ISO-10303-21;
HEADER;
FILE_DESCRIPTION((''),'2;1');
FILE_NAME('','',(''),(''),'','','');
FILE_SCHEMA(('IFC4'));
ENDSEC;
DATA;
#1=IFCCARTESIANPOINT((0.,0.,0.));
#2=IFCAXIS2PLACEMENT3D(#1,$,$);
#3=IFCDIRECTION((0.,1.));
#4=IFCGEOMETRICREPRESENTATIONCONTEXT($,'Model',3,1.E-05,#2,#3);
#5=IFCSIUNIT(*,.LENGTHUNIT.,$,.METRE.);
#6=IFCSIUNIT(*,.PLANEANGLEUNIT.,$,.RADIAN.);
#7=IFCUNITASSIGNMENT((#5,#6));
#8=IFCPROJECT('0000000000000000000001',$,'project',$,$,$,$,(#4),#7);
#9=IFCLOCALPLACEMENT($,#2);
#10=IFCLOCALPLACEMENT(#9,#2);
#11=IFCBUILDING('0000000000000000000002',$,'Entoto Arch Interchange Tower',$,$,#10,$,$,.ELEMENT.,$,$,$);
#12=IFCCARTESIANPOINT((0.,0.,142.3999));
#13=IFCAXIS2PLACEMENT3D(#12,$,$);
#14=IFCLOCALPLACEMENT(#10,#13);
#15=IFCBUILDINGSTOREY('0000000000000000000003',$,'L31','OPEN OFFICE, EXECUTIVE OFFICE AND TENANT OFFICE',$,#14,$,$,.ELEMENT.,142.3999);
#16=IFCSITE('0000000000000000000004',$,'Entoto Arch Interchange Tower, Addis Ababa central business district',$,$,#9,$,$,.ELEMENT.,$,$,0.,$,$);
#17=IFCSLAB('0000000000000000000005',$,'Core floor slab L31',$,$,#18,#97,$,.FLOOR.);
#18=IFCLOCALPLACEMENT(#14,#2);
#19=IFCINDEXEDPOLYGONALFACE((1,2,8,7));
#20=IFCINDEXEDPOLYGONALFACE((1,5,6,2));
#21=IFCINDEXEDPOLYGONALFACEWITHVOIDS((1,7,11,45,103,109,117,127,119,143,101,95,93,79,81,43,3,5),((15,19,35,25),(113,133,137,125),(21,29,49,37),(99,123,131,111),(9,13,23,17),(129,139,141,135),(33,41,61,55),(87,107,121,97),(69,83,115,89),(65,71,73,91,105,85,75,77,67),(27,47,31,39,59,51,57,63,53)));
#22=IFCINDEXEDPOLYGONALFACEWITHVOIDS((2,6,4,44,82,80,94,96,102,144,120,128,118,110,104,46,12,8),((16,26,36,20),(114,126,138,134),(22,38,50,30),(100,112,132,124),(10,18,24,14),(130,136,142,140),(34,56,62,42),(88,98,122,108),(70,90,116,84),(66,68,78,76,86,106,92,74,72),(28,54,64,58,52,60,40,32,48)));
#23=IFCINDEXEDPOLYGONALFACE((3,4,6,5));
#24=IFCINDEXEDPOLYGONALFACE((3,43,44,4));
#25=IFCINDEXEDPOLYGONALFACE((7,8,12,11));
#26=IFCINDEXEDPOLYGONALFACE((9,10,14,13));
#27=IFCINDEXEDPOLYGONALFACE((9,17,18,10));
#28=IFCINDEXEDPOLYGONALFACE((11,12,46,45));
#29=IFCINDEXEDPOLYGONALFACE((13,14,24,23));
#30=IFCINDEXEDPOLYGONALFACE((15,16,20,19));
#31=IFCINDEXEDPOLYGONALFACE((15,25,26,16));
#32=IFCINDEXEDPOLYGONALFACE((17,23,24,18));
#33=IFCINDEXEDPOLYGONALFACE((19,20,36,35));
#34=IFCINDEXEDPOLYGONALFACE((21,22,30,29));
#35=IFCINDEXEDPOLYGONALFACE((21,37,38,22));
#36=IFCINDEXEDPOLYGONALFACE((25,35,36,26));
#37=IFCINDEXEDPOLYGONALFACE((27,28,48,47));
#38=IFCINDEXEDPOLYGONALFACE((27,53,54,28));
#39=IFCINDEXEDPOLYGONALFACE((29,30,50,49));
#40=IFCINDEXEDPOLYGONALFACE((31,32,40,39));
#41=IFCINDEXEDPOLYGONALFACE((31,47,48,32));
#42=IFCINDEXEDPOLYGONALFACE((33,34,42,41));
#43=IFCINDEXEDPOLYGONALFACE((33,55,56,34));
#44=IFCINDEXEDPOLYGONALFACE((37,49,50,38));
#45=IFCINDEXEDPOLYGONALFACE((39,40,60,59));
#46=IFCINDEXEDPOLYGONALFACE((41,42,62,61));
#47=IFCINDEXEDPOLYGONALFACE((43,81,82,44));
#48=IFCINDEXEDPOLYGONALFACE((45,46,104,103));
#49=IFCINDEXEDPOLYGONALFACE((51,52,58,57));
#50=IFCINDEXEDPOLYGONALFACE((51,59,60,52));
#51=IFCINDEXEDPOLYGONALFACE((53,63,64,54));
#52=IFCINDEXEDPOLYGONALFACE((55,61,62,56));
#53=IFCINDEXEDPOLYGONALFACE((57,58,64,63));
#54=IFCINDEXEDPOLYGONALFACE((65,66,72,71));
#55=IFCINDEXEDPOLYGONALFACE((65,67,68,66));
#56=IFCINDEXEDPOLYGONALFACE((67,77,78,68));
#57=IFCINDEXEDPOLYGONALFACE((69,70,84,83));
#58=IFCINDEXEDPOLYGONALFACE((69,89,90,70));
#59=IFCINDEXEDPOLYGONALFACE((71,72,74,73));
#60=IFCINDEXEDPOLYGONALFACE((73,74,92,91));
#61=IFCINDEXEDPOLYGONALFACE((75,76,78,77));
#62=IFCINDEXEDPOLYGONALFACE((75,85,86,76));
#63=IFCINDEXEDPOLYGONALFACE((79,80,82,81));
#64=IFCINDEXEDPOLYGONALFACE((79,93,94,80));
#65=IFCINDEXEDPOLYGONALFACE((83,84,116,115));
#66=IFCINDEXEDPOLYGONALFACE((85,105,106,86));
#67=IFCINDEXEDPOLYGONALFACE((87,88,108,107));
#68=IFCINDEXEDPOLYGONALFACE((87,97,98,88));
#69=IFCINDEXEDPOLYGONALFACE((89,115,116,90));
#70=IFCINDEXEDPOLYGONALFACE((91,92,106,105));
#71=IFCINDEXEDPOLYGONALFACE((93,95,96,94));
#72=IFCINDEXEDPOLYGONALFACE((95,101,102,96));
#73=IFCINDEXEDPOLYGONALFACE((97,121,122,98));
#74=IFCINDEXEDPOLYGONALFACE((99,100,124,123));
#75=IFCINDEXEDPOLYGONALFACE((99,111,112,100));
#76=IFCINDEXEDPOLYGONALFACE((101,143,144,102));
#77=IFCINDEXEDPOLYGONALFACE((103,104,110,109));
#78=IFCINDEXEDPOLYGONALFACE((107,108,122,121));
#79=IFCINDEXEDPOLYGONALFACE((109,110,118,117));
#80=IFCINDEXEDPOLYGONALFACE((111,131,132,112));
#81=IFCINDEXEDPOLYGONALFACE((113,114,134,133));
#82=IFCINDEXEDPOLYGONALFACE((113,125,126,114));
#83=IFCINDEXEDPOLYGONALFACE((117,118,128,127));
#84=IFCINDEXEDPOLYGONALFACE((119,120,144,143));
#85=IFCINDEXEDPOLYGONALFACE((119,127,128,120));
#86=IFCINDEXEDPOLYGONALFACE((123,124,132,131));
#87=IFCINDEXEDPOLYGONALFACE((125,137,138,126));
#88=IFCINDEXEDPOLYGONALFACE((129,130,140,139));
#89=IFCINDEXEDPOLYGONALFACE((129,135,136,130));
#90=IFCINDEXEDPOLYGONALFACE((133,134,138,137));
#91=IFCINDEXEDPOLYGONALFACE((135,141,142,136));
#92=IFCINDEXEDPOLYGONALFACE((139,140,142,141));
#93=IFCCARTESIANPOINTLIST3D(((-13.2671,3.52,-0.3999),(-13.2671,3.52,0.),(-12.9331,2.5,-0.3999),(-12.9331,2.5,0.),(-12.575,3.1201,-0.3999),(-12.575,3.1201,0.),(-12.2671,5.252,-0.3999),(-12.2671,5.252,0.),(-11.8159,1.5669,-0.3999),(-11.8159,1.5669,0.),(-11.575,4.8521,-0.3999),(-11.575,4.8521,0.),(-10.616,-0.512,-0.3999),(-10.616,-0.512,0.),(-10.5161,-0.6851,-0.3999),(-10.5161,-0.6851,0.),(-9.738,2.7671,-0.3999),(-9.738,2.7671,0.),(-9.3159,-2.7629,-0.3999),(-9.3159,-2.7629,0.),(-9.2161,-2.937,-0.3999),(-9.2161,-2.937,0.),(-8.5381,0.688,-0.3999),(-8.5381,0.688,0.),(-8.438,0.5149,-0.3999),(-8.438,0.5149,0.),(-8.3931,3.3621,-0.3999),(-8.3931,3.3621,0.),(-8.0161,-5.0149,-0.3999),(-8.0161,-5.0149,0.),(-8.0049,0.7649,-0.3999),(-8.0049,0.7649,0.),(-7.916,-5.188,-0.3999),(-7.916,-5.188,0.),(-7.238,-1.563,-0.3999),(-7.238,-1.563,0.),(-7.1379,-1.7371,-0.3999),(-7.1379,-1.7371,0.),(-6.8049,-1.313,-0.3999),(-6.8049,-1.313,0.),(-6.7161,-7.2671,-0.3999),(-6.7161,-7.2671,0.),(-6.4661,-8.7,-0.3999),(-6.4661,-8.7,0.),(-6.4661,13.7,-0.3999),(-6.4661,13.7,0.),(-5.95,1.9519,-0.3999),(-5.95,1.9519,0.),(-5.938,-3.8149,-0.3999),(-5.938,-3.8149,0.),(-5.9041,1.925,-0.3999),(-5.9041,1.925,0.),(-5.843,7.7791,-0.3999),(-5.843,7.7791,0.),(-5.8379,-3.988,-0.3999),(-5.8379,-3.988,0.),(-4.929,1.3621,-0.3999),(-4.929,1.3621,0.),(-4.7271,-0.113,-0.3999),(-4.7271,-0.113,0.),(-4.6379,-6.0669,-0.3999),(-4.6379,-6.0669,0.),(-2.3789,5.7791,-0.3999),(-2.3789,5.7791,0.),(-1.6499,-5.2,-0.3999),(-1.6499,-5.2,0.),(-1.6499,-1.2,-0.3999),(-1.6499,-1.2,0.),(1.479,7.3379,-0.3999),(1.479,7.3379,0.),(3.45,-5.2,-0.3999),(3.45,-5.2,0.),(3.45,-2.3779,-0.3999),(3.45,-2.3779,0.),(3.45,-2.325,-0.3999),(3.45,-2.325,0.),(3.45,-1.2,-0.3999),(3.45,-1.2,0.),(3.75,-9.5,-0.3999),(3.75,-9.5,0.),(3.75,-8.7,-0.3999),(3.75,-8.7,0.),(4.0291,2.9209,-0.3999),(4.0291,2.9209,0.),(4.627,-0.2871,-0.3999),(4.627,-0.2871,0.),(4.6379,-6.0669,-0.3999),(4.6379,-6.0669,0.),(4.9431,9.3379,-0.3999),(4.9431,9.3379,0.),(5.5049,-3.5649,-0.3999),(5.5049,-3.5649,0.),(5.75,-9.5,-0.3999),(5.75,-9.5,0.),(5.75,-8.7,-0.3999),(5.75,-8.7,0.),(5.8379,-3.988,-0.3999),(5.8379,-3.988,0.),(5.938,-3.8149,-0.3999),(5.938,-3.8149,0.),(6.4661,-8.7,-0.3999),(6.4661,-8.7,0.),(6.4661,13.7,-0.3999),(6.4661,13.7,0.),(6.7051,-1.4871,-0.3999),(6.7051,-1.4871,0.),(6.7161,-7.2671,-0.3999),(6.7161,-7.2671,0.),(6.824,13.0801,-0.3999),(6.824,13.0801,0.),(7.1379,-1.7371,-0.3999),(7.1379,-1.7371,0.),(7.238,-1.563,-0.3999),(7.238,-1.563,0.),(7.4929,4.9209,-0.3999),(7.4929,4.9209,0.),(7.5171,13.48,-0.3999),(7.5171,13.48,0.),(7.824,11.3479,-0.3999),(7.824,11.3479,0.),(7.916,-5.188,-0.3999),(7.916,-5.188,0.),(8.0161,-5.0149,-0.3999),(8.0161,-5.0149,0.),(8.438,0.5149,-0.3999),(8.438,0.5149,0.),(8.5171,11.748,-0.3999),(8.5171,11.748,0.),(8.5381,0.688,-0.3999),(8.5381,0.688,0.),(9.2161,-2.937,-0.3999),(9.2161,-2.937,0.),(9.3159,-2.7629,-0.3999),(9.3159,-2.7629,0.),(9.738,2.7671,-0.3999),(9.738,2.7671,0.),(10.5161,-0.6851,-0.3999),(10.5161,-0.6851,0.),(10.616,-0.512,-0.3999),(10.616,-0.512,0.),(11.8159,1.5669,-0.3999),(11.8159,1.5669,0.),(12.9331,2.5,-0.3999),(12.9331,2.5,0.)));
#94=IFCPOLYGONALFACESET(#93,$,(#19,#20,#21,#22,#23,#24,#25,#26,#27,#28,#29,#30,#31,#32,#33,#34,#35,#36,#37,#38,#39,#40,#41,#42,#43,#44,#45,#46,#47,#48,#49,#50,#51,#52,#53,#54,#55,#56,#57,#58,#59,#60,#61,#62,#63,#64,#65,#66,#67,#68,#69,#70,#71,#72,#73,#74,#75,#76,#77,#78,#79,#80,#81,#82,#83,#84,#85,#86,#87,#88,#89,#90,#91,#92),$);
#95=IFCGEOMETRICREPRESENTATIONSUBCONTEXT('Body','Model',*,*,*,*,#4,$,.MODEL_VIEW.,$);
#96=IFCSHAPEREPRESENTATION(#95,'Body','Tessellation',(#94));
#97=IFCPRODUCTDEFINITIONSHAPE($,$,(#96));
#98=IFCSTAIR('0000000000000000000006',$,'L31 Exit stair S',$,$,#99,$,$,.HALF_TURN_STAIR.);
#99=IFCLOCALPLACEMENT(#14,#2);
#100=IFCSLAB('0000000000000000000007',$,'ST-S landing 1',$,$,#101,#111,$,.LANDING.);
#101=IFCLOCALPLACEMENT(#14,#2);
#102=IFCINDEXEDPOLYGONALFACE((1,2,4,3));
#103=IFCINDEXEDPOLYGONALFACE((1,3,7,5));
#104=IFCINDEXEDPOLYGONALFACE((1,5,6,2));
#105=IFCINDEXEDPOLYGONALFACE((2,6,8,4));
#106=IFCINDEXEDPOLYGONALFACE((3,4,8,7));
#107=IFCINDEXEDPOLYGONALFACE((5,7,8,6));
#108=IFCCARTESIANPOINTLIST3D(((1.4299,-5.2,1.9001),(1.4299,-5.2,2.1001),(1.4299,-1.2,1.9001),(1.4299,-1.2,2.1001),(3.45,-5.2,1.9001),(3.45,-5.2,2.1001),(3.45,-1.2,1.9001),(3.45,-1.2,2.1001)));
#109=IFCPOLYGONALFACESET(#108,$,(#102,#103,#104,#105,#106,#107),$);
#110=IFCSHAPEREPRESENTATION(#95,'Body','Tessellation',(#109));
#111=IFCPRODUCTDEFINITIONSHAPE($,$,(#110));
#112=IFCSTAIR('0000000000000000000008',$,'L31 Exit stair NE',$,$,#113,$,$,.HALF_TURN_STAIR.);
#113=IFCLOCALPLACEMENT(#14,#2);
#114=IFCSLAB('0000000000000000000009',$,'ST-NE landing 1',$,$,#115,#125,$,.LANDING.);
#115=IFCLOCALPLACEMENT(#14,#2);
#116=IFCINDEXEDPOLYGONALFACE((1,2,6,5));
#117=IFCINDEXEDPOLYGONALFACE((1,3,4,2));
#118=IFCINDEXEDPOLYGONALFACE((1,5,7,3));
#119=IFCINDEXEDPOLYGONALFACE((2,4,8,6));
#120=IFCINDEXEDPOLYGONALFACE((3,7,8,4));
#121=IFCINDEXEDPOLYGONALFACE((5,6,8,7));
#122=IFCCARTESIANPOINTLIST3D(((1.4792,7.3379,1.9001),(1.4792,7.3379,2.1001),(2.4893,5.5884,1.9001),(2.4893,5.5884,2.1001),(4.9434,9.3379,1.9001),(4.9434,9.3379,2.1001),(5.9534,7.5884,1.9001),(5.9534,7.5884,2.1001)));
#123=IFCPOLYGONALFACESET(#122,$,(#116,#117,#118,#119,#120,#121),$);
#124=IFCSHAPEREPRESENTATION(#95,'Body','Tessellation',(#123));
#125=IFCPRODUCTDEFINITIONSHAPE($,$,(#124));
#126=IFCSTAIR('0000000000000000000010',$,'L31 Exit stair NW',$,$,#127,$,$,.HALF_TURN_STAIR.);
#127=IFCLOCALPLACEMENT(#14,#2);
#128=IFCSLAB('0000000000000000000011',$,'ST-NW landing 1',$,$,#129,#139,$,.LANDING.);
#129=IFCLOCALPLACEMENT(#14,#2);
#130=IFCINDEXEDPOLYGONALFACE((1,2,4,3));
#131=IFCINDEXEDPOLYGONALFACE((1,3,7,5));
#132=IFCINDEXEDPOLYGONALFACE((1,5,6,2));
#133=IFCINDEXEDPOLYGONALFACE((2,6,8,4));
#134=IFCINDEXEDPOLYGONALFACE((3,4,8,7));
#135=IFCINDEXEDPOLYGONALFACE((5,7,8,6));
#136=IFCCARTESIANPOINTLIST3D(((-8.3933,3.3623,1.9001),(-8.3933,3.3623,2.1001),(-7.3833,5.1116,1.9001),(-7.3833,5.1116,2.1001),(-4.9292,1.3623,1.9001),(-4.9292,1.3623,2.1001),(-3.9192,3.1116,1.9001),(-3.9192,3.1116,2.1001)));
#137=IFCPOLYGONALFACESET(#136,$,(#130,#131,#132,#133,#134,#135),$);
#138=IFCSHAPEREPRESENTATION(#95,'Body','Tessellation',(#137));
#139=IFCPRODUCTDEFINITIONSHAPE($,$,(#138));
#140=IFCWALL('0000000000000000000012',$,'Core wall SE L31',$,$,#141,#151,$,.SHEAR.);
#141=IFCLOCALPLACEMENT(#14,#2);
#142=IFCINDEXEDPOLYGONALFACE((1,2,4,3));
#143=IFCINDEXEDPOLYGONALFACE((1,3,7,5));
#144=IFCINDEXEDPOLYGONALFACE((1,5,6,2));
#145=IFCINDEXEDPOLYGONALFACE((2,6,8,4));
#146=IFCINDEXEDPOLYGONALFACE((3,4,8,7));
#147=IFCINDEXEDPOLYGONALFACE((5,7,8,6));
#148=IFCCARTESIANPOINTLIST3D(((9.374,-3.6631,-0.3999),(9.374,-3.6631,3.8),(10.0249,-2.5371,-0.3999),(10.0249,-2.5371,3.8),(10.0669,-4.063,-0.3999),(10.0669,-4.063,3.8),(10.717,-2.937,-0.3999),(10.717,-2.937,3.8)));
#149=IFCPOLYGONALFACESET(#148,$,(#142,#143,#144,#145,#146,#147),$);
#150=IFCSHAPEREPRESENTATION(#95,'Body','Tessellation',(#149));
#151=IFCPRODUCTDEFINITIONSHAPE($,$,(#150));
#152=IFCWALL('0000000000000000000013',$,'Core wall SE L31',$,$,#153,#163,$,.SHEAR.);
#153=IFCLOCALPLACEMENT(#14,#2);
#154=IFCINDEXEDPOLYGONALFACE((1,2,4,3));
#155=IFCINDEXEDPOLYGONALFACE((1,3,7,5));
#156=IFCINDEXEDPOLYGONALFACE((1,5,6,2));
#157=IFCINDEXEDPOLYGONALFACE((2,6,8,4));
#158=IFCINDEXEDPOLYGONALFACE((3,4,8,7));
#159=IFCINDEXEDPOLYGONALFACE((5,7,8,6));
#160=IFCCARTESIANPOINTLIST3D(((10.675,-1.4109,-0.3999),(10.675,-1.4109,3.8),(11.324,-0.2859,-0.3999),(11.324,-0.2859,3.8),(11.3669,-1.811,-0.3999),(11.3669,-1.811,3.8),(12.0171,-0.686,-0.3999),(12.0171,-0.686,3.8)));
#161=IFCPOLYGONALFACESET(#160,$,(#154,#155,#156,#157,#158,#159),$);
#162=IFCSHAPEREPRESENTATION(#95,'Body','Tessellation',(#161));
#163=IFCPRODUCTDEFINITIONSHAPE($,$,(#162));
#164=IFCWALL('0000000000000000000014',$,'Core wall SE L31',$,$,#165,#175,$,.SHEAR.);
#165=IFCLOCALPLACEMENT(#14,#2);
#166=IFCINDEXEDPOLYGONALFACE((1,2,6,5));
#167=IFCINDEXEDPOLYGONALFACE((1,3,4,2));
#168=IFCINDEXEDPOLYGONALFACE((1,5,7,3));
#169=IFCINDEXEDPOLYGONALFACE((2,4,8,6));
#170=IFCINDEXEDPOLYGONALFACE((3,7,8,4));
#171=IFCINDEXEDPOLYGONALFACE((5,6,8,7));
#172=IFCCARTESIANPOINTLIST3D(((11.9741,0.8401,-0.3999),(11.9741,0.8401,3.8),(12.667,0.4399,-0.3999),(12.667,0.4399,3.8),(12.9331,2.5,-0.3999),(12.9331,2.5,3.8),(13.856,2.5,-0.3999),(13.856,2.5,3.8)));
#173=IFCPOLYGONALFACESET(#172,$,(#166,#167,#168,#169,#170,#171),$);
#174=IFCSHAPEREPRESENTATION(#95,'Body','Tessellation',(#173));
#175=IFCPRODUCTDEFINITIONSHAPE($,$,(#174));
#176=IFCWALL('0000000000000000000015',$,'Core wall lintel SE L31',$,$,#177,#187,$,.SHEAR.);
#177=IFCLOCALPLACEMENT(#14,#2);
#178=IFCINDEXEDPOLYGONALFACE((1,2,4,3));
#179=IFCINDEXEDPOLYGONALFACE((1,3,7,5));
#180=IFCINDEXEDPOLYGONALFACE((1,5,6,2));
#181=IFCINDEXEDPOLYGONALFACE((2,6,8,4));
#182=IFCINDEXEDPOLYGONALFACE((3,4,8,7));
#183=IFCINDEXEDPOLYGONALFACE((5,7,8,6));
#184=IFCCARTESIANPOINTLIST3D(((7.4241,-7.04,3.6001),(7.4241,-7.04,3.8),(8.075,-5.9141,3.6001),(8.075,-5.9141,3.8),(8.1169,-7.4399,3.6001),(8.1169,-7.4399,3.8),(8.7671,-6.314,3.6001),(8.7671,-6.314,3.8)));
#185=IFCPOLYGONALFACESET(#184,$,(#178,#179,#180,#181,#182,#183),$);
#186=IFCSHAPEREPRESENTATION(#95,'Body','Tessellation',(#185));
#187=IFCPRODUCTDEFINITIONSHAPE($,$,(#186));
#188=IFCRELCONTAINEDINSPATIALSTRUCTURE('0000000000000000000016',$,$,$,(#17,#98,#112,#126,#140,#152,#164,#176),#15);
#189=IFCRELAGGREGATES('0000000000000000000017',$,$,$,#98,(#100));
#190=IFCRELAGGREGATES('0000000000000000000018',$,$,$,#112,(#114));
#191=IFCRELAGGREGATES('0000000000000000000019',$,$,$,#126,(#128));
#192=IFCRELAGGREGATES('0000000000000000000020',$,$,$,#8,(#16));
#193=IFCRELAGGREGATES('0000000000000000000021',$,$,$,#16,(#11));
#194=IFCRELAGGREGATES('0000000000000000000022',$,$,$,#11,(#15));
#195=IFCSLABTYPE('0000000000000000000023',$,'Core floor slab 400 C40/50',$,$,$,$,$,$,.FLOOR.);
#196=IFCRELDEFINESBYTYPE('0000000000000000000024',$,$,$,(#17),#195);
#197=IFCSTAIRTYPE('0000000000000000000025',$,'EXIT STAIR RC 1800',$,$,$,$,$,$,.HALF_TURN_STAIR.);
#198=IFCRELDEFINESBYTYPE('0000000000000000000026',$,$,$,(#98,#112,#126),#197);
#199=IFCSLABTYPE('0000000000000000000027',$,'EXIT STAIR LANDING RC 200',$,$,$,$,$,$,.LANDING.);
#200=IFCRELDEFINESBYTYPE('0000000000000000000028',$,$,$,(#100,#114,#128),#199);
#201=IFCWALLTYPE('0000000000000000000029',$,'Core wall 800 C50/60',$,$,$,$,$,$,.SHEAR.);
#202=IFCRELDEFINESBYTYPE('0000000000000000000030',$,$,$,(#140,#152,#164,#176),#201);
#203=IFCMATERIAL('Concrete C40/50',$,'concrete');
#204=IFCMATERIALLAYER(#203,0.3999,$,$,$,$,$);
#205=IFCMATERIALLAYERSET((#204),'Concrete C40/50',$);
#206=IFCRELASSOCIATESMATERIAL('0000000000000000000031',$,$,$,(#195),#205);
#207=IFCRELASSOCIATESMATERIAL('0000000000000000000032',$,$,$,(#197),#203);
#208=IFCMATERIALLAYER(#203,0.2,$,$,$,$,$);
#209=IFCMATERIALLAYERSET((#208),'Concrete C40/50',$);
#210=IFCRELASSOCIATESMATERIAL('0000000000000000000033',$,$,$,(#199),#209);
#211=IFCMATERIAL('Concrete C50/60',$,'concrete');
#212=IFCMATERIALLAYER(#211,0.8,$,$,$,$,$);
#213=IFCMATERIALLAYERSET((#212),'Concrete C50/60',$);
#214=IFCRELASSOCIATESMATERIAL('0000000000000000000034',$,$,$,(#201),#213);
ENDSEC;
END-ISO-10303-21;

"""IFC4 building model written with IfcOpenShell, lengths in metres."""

from ifc_helpers import new_model, si_unit, direction, frame, origin, place, context, subcontext, project, spatial, polyline, outline, extrude, material, layer, layer_set, type_object, element, aggregate, save


model = new_model("IFC4")

# Units and contexts
model_context = context("Model", 3, precision=1e-05, world=origin(), true_north=direction((0.0, 1.0)))
body_context = subcontext(model_context, "Body", "Model", "MODEL_VIEW")
ifc_project = project(units=[si_unit("LENGTHUNIT", "METRE"), si_unit("PLANEANGLEUNIT", "RADIAN")], contexts=[model_context])

# Site, building, storey
site_placement = place(None, origin())
site = spatial("IfcSite", under=ifc_project, at=site_placement, Name="Entoto Arch Interchange Tower, Addis Ababa central business district", CompositionType="ELEMENT", RefElevation=0.0)
building_placement = place(site_placement, origin())
building = spatial("IfcBuilding", under=site, at=building_placement, Name="Entoto Arch Interchange Tower", CompositionType="ELEMENT")
storey_placement = place(building_placement, frame((0.0, 0.0, 142.3999)))
storey = spatial("IfcBuildingStorey", under=building, at=storey_placement, Name="L31", Description="OPEN OFFICE, EXECUTIVE OFFICE AND TENANT OFFICE", CompositionType="ELEMENT", Elevation=142.3999)

# Slab
ifc_material_1 = material(Name="Concrete C40/50", Category="concrete")
ifc_layer_1 = layer(ifc_material_1, 0.3999)
ifc_layer_set_1 = layer_set([ifc_layer_1], Name="Concrete C40/50")
slab_type_1 = type_object("IfcSlabType", Name="Core floor slab 400 C40/50", PredefinedType="FLOOR", material=ifc_layer_set_1)
slab_1_placement = place(storey_placement, frame((0.0, 0.0, -0.3999)))
element("IfcSlab", 1, at=slab_1_placement, inside=storey, type_object=slab_type_1, Name="Core floor slab L31", PredefinedType="FLOOR", context=body_context, shape_type="SweptSolid", body=[
    extrude(outline(polyline([(5.75, -9.5), (3.75, -9.5), (3.75, -8.7), (-6.4661, -8.7), (-12.9331, 2.5), (-12.575, 3.1201), (-13.2671, 3.52), (-12.2671, 5.252), (-11.575, 4.8521), (-6.4661, 13.7), (6.4661, 13.7), (6.824, 13.0801), (7.5171, 13.48), (8.5171, 11.748), (7.824, 11.3479), (12.9331, 2.5), (6.4661, -8.7), (5.75, -8.7), (5.75, -9.5)]), holes=[polyline([(-5.8379, -3.988), (-7.916, -5.188), (-6.7161, -7.2671), (-4.6379, -6.0669), (-5.8379, -3.988)]), polyline([(-5.938, -3.8149), (-7.1379, -1.7371), (-9.2161, -2.937), (-8.0161, -5.0149), (-5.938, -3.8149)]), polyline([(5.5049, -3.5649), (6.7051, -1.4871), (4.627, -0.2871), (3.45, -2.325), (3.45, -1.2), (-1.6499, -1.2), (-1.6499, -5.2), (3.45, -5.2), (3.45, -2.3779), (5.5049, -3.5649)]), polyline([(-8.438, 0.5149), (-10.5161, -0.6851), (-9.3159, -2.7629), (-7.238, -1.563), (-8.438, 0.5149)]), polyline([(-4.7271, -0.113), (-5.9041, 1.925), (-4.929, 1.3621), (-2.3789, 5.7791), (-5.843, 7.7791), (-8.3931, 3.3621), (-5.95, 1.9519), (-8.0049, 0.7649), (-6.8049, -1.313), (-4.7271, -0.113)]), polyline([(-8.5381, 0.688), (-9.738, 2.7671), (-11.8159, 1.5669), (-10.616, -0.512), (-8.5381, 0.688)]), polyline([(5.8379, -3.988), (4.6379, -6.0669), (6.7161, -7.2671), (7.916, -5.188), (5.8379, -3.988)]), polyline([(7.1379, -1.7371), (5.938, -3.8149), (8.0161, -5.0149), (9.2161, -2.937), (7.1379, -1.7371)]), polyline([(8.438, 0.5149), (7.238, -1.563), (9.3159, -2.7629), (10.5161, -0.6851), (8.438, 0.5149)]), polyline([(9.738, 2.7671), (8.5381, 0.688), (10.616, -0.512), (11.8159, 1.5669), (9.738, 2.7671)]), polyline([(4.0291, 2.9209), (7.4929, 4.9209), (4.9431, 9.3379), (1.479, 7.3379), (4.0291, 2.9209)])]), origin(), (0.0, 0.0, 1.0), 0.3999),
])

# Stairs, slabs
stair_type = type_object("IfcStairType", Name="EXIT STAIR RC 1800", PredefinedType="HALF_TURN_STAIR", material=ifc_material_1)
stair_1_placement = place(storey_placement, origin())
stair_1 = element("IfcStair", 2, at=stair_1_placement, inside=storey, type_object=stair_type, Name="L31 Exit stair S", PredefinedType="HALF_TURN_STAIR")
ifc_layer_2 = layer(ifc_material_1, 0.2)
ifc_layer_set_2 = layer_set([ifc_layer_2], Name="Concrete C40/50")
slab_type_2 = type_object("IfcSlabType", Name="EXIT STAIR LANDING RC 200", PredefinedType="LANDING", material=ifc_layer_set_2)
slab_2_placement = place(storey_placement, frame((0.0, 0.0, 1.9001)))
slab_2 = element("IfcSlab", 3, at=slab_2_placement, type_object=slab_type_2, Name="ST-S landing 1", PredefinedType="LANDING", context=body_context, shape_type="SweptSolid", body=[
    extrude(outline(polyline([(1.4299, -5.2), (3.45, -5.2), (3.45, -1.2), (1.4299, -1.2), (1.4299, -5.2)])), origin(), (0.0, 0.0, 1.0), 0.2),
])
aggregate(stair_1, [slab_2])
stair_2_placement = place(storey_placement, origin())
stair_2 = element("IfcStair", 4, at=stair_2_placement, inside=storey, type_object=stair_type, Name="L31 Exit stair NE", PredefinedType="HALF_TURN_STAIR")
slab_3_placement = place(storey_placement, frame((0.0, 0.0, 1.9001)))
slab_3 = element("IfcSlab", 5, at=slab_3_placement, type_object=slab_type_2, Name="ST-NE landing 1", PredefinedType="LANDING", context=body_context, shape_type="SweptSolid", body=[
    extrude(outline(polyline([(5.9534, 7.5884), (4.9434, 9.3379), (1.4792, 7.3379), (2.4893, 5.5884), (5.9534, 7.5884)])), origin(), (0.0, 0.0, 1.0), 0.2),
])
aggregate(stair_2, [slab_3])
stair_3_placement = place(storey_placement, origin())
stair_3 = element("IfcStair", 6, at=stair_3_placement, inside=storey, type_object=stair_type, Name="L31 Exit stair NW", PredefinedType="HALF_TURN_STAIR")
slab_4_placement = place(storey_placement, frame((0.0, 0.0, 1.9001)))
slab_4 = element("IfcSlab", 7, at=slab_4_placement, type_object=slab_type_2, Name="ST-NW landing 1", PredefinedType="LANDING", context=body_context, shape_type="SweptSolid", body=[
    extrude(outline(polyline([(-7.3833, 5.1116), (-8.3933, 3.3623), (-4.9292, 1.3623), (-3.9192, 3.1116), (-7.3833, 5.1116)])), origin(), (0.0, 0.0, 1.0), 0.2),
])
aggregate(stair_3, [slab_4])

# Walls
ifc_material_2 = material(Name="Concrete C50/60", Category="concrete")
ifc_layer_3 = layer(ifc_material_2, 0.8)
ifc_layer_set_3 = layer_set([ifc_layer_3], Name="Concrete C50/60")
wall_type_1 = type_object("IfcWallType", Name="Core wall 800 C50/60", PredefinedType="SHEAR", material=ifc_layer_set_3)
wall_1_placement = place(storey_placement, frame((0.0, 0.0, -0.3999)))
element("IfcWall", 8, at=wall_1_placement, inside=storey, type_object=wall_type_1, Name="Core wall SE L31", PredefinedType="SHEAR", context=body_context, shape_type="SweptSolid", body=[
    extrude(outline(polyline([(10.717, -2.937), (10.0249, -2.5371), (9.374, -3.6631), (10.0669, -4.063), (10.717, -2.937)])), origin(), (0.0, 0.0, 1.0), 4.2),
])
wall_2_placement = place(storey_placement, frame((0.0, 0.0, -0.3999)))
element("IfcWall", 9, at=wall_2_placement, inside=storey, type_object=wall_type_1, Name="Core wall SE L31", PredefinedType="SHEAR", context=body_context, shape_type="SweptSolid", body=[
    extrude(outline(polyline([(12.0171, -0.686), (11.324, -0.2859), (10.675, -1.4109), (11.3669, -1.811), (12.0171, -0.686)])), origin(), (0.0, 0.0, 1.0), 4.2),
])
wall_3_placement = place(storey_placement, frame((0.0, 0.0, -0.3999)))
element("IfcWall", 10, at=wall_3_placement, inside=storey, type_object=wall_type_1, Name="Core wall SE L31", PredefinedType="SHEAR", context=body_context, shape_type="SweptSolid", body=[
    extrude(outline(polyline([(11.9741, 0.8401), (12.667, 0.4399), (13.856, 2.5), (12.9331, 2.5), (11.9741, 0.8401)])), origin(), (0.0, 0.0, 1.0), 4.2),
])
wall_4_placement = place(storey_placement, frame((0.0, 0.0, 3.6001)))
element("IfcWall", 11, at=wall_4_placement, inside=storey, type_object=wall_type_1, Name="Core wall lintel SE L31", PredefinedType="SHEAR", context=body_context, shape_type="SweptSolid", body=[
    extrude(outline(polyline([(8.7671, -6.314), (8.075, -5.9141), (7.4241, -7.04), (8.1169, -7.4399), (8.7671, -6.314)])), origin(), (0.0, 0.0, 1.0), 0.2),
])

save(model, "model.ifc")
